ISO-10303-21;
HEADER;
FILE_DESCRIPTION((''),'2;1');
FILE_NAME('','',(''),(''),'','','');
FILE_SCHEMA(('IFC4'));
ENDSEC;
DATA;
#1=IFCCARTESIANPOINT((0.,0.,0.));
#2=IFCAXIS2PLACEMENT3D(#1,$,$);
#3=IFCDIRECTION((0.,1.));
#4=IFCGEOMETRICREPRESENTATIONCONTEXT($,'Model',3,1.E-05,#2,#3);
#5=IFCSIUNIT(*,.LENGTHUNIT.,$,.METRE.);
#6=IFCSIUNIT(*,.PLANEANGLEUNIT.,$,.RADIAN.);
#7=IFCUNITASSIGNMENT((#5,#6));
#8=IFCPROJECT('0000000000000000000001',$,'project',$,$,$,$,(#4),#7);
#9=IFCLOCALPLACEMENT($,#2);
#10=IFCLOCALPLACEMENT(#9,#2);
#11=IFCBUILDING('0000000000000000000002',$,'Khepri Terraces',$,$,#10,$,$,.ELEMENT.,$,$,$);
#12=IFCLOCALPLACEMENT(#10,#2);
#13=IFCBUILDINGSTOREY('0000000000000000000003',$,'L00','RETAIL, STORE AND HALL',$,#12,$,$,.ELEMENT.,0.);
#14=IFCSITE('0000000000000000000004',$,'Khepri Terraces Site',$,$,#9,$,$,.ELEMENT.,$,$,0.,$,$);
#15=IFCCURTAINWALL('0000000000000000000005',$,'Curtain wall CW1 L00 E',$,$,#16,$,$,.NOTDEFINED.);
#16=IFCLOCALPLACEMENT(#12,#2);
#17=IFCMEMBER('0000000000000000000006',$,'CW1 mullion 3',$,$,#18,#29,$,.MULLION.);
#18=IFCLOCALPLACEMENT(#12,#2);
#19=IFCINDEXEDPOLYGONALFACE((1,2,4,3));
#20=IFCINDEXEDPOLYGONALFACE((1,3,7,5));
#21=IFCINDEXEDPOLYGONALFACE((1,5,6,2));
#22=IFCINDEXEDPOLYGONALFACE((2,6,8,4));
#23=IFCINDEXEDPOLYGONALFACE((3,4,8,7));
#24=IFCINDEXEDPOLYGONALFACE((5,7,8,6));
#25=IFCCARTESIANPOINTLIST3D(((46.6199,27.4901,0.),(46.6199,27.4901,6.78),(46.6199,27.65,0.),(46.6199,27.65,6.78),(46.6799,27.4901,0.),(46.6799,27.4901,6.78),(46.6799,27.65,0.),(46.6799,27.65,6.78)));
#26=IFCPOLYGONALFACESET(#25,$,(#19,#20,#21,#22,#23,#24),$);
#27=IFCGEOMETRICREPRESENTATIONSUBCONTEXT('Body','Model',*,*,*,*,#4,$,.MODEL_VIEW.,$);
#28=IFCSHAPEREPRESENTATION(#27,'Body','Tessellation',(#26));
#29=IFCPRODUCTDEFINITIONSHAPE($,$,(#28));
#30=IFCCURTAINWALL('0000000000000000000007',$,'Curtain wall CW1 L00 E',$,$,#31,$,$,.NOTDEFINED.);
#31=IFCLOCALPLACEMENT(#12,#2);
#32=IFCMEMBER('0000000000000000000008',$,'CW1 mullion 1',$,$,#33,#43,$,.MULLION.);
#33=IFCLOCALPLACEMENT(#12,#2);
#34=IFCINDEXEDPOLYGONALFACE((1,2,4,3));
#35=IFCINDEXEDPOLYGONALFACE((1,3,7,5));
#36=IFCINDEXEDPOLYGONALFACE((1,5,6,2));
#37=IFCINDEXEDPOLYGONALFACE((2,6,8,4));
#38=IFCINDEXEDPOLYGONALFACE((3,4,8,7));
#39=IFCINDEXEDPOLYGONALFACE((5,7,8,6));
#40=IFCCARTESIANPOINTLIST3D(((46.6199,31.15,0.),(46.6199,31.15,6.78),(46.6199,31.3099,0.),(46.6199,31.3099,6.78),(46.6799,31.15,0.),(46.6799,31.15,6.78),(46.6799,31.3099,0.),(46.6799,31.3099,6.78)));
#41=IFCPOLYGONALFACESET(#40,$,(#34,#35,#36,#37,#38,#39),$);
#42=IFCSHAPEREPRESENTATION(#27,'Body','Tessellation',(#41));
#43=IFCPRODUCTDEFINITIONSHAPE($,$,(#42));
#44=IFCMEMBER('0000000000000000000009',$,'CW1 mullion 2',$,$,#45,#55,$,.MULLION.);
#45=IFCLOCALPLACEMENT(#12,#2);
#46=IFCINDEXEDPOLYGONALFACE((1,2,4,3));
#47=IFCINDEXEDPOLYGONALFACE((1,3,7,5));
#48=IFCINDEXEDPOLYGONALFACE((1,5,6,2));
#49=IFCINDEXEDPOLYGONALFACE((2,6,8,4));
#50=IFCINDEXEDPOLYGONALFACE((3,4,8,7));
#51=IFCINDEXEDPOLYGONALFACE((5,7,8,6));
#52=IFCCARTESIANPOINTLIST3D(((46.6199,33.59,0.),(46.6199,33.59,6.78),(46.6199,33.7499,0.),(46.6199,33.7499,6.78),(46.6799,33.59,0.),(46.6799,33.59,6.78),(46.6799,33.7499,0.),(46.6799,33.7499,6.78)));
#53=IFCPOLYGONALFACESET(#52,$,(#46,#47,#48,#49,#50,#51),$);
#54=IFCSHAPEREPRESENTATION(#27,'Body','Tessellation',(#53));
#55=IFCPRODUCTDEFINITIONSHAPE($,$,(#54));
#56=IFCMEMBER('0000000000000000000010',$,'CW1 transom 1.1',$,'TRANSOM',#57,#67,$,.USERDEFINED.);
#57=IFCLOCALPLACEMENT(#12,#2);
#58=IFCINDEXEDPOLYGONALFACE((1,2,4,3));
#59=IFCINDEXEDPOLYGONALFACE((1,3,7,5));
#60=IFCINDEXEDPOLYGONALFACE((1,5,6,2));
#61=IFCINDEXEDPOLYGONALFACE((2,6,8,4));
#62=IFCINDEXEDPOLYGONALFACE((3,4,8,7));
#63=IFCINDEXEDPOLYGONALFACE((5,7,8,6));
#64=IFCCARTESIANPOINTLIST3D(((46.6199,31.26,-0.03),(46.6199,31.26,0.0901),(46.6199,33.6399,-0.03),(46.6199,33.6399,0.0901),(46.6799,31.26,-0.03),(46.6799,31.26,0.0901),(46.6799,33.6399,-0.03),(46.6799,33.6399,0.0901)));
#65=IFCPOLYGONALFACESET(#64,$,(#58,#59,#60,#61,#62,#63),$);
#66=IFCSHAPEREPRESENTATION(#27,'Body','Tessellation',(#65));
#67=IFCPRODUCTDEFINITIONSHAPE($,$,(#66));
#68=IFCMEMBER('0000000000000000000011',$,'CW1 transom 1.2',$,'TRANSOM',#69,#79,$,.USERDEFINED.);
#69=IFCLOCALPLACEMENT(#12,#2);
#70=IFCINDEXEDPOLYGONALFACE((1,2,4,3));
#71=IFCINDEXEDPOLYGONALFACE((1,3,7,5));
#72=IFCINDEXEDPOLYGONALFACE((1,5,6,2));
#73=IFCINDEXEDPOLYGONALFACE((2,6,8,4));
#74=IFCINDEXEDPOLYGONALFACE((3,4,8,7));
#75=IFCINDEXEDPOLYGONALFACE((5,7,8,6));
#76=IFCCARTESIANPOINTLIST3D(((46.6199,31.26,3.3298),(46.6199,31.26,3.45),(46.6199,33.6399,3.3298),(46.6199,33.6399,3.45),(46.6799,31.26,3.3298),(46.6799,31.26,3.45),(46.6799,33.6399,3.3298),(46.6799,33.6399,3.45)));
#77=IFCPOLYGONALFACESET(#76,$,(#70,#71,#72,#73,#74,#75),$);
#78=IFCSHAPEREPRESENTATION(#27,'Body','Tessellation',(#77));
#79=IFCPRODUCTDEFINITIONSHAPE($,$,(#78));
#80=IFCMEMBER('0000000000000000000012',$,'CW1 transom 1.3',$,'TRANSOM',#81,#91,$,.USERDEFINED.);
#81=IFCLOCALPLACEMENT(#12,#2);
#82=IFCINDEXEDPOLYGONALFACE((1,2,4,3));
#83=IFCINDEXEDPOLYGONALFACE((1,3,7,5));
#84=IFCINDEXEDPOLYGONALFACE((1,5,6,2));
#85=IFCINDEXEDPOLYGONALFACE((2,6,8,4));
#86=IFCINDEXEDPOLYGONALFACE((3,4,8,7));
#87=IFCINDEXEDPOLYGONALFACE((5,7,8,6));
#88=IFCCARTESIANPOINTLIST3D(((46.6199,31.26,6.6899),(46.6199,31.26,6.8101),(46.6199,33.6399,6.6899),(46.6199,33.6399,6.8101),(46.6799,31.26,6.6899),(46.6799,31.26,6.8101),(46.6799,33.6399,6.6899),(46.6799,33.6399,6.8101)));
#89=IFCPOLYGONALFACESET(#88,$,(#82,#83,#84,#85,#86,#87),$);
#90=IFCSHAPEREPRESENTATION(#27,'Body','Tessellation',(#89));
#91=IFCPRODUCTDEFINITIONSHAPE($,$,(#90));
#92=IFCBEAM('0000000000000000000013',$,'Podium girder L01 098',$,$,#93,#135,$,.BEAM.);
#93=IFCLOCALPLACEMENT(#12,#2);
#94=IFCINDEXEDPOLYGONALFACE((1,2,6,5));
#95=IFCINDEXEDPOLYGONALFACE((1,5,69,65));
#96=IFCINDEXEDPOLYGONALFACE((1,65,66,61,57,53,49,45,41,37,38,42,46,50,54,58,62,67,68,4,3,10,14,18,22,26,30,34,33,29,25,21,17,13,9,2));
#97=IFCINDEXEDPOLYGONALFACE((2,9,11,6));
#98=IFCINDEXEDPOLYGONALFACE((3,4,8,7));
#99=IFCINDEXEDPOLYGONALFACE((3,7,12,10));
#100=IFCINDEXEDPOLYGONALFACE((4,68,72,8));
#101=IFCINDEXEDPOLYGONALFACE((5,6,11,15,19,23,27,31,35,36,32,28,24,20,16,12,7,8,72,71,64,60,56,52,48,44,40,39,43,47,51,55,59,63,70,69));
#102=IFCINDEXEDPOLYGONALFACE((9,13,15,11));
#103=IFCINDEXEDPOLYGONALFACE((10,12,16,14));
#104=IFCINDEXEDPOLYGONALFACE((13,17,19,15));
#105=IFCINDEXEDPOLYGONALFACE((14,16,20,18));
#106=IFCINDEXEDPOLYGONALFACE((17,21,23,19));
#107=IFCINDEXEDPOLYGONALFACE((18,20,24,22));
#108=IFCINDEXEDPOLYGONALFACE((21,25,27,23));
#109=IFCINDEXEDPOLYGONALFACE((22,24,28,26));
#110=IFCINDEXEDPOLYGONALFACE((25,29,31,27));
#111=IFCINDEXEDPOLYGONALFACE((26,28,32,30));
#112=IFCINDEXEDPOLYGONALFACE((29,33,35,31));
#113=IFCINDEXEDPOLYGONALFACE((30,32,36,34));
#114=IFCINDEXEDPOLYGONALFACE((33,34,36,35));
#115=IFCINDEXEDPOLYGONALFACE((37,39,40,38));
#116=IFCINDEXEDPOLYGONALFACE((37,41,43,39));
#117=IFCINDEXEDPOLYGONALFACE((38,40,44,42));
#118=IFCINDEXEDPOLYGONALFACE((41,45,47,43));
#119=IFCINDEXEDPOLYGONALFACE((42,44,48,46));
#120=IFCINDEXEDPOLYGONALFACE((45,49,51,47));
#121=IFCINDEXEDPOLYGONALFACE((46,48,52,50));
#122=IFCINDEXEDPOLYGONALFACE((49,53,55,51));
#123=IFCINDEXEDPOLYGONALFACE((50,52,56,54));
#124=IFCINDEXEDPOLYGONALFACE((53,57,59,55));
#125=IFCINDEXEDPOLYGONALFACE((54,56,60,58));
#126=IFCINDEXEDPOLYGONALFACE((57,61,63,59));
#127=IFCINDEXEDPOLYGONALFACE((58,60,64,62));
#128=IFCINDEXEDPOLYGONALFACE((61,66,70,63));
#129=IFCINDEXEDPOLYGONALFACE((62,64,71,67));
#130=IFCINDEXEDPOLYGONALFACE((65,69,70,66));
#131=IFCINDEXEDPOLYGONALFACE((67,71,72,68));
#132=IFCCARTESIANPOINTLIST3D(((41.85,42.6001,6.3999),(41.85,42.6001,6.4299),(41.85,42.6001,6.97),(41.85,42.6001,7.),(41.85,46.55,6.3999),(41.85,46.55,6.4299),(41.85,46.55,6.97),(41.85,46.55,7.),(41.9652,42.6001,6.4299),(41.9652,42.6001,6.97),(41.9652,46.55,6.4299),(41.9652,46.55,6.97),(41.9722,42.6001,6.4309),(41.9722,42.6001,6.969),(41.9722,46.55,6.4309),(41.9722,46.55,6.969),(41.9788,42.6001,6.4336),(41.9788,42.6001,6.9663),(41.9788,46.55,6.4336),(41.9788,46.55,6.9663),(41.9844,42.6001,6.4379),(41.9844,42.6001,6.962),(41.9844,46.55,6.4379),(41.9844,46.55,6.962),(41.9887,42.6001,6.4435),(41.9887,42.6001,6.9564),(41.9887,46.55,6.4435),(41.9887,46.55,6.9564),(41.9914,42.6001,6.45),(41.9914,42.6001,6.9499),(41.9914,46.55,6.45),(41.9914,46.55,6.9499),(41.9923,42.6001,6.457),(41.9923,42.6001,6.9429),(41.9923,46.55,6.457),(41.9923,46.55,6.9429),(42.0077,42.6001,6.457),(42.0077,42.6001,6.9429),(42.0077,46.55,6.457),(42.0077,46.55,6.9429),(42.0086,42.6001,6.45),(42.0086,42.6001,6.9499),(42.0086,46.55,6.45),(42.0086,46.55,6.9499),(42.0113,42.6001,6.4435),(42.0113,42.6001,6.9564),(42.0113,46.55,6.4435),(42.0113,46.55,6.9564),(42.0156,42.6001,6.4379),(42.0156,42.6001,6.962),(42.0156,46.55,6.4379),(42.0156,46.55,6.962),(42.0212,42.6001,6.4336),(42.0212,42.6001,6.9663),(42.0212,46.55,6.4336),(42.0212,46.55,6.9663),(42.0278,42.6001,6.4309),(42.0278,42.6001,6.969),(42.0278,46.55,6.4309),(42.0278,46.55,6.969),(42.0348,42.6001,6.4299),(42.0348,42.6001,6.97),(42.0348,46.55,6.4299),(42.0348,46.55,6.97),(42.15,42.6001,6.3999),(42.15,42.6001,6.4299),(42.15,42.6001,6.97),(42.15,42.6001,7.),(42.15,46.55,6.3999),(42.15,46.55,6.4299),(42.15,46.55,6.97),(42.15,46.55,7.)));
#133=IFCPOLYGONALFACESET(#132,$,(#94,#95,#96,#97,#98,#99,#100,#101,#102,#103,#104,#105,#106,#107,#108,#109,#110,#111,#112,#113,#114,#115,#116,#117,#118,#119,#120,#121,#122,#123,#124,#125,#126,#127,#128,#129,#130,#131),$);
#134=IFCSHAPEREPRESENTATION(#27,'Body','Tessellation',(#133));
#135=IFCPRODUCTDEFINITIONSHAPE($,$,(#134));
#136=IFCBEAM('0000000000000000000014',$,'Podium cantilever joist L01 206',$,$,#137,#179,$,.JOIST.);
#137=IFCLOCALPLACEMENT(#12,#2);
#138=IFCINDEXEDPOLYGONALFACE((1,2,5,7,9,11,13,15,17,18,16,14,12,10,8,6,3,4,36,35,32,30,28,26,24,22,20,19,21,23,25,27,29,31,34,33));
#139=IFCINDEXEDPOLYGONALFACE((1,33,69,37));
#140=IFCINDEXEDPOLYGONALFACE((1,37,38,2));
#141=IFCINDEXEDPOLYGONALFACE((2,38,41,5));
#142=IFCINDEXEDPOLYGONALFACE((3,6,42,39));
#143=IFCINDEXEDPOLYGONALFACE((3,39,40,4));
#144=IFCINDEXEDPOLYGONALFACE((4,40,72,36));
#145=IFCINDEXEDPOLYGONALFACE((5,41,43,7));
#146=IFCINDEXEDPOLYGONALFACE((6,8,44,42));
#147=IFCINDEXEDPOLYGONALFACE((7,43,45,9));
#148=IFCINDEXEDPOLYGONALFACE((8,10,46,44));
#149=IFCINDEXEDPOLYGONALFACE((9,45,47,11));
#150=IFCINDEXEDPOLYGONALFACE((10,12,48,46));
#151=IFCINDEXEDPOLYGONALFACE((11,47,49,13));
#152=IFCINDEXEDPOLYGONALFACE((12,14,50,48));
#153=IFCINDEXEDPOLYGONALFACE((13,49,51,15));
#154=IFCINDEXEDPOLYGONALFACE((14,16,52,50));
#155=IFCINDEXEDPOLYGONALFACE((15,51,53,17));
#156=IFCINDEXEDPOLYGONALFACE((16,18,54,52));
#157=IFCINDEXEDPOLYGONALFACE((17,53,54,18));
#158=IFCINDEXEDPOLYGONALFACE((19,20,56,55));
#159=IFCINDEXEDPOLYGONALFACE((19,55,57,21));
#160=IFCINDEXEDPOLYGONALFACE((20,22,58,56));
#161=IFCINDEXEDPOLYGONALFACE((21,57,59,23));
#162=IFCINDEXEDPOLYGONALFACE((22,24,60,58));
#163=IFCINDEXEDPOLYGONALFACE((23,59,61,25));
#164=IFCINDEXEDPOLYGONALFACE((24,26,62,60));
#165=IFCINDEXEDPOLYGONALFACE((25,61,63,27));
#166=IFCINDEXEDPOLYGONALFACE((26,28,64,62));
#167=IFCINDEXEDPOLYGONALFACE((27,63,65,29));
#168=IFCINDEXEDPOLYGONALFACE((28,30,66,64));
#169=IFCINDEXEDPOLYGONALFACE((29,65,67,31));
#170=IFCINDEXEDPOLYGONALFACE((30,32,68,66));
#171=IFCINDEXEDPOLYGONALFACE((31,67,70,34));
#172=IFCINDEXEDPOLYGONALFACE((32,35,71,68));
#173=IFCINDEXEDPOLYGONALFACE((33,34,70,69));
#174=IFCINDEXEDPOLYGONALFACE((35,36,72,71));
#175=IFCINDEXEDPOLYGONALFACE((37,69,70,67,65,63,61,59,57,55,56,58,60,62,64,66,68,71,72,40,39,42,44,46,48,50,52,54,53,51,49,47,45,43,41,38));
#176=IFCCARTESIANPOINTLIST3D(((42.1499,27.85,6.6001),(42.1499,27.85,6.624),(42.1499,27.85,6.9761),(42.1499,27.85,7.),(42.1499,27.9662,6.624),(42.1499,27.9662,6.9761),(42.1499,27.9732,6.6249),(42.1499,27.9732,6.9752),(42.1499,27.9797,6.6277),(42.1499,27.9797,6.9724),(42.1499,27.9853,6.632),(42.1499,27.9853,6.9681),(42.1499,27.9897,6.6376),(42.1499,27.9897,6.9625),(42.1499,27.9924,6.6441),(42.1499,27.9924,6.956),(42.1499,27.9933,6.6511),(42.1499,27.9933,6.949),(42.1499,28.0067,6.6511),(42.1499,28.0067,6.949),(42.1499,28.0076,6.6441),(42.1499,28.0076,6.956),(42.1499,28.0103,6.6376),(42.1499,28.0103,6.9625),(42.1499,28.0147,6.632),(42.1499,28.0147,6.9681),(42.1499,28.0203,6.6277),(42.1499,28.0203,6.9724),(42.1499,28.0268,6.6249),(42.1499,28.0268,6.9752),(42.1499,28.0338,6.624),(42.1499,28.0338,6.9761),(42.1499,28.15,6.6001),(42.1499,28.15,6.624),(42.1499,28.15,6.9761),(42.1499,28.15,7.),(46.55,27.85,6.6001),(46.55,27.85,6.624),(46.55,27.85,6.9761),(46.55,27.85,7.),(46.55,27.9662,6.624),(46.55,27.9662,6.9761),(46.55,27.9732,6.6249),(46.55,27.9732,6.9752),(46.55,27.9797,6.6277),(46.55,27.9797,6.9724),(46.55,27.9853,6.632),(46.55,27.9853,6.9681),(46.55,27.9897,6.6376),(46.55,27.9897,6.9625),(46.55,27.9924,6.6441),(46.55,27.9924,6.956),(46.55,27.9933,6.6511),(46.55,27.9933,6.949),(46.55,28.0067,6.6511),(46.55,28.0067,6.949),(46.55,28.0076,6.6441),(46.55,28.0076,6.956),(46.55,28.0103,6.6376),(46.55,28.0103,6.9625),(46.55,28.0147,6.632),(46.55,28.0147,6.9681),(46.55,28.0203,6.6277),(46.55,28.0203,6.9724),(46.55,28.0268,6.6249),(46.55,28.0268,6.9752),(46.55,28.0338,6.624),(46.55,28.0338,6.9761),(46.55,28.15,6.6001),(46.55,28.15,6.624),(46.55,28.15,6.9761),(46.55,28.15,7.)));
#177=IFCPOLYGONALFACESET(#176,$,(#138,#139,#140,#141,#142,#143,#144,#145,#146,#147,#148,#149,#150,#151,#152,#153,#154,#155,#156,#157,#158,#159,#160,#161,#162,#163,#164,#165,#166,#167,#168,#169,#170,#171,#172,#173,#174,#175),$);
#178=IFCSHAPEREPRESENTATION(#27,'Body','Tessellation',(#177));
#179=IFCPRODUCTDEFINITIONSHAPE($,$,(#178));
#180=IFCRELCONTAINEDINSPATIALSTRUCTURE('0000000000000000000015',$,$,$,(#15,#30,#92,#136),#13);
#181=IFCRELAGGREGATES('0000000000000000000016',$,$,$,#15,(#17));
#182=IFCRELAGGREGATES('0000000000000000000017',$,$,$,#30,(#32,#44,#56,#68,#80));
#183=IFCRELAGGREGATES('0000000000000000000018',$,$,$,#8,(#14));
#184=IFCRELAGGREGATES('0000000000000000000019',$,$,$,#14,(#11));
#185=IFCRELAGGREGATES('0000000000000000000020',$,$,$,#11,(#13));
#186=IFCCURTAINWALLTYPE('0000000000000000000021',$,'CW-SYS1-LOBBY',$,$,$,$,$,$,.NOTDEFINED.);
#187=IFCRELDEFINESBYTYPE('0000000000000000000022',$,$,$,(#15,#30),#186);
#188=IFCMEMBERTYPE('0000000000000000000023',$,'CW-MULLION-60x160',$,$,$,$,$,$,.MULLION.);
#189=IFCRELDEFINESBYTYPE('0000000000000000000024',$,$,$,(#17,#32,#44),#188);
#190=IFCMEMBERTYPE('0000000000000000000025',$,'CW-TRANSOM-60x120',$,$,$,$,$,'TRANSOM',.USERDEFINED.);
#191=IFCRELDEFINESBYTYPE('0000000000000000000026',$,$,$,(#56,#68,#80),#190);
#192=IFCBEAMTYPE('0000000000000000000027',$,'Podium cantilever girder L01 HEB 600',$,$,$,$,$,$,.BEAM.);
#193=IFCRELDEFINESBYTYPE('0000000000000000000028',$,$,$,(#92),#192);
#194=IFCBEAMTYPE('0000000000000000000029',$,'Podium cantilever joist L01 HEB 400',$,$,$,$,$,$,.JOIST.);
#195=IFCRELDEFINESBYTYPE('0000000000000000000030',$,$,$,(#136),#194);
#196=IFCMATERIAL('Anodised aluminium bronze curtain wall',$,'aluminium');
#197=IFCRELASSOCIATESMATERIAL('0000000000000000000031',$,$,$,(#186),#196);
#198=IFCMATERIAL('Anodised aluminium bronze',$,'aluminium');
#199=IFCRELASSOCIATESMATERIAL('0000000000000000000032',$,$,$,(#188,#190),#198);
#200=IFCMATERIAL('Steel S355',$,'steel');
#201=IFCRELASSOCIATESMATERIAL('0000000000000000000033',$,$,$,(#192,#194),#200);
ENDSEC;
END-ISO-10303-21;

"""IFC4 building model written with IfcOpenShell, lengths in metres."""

from ifc_helpers import new_model, si_unit, direction, frame, origin, origin_2d, place, context, subcontext, project, spatial, rectangle, i_section, extrude, material, material_profile, profile_set, type_object, element, aggregate, save


model = new_model("IFC4")

# Units and contexts
model_context = context("Model", 3, precision=1e-05, world=origin(), true_north=direction((0.0, 1.0)))
body_context = subcontext(model_context, "Body", "Model", "MODEL_VIEW")
ifc_project = project(units=[si_unit("LENGTHUNIT", "METRE"), si_unit("PLANEANGLEUNIT", "RADIAN")], contexts=[model_context])

# Site, building, storey
site_placement = place(None, origin())
site = spatial("IfcSite", under=ifc_project, at=site_placement, Name="Khepri Terraces Site", CompositionType="ELEMENT", RefElevation=0.0)
building_placement = place(site_placement, origin())
building = spatial("IfcBuilding", under=site, at=building_placement, Name="Khepri Terraces", CompositionType="ELEMENT")
storey_placement = place(building_placement, origin())
storey = spatial("IfcBuildingStorey", under=building, at=storey_placement, Name="L00", Description="RETAIL, STORE AND HALL", CompositionType="ELEMENT", Elevation=0.0)

# Curtain wall, member
ifc_material_1 = material(Name="Anodised aluminium bronze curtain wall", Category="aluminium")
curtain_wall_type = type_object("IfcCurtainWallType", Name="CW-SYS1-LOBBY", PredefinedType="NOTDEFINED", material=ifc_material_1)
curtain_wall_1_placement = place(storey_placement, origin())
curtain_wall_1 = element("IfcCurtainWall", 1, at=curtain_wall_1_placement, inside=storey, type_object=curtain_wall_type, Name="Curtain wall CW1 L00 E", PredefinedType="NOTDEFINED")
ifc_material_2 = material(Name="Anodised aluminium bronze", Category="aluminium")
ifc_material_profile_1 = material_profile(ifc_material_2, rectangle(XDim=0.0601, YDim=0.1599, at=origin_2d()), Name="Anodised aluminium bronze", Category="aluminium")
ifc_profile_set_1 = profile_set([ifc_material_profile_1], Name="Anodised aluminium bronze")
member_type_1 = type_object("IfcMemberType", Name="CW-MULLION-60x160", PredefinedType="MULLION", material=ifc_profile_set_1)
member_1_placement = place(storey_placement, frame((46.6499, 27.5701, 0.0), z_axis=(0.0, 0.0, 1.0), x_axis=(-1.0, 0.0, 0.0)))
member_1 = element("IfcMember", 2, at=member_1_placement, type_object=member_type_1, Name="CW1 mullion 3", PredefinedType="MULLION", context=body_context, shape_type="SweptSolid", body=[
    extrude(rectangle(XDim=0.0601, YDim=0.1599, at=origin_2d()), origin(), (0.0, 0.0, 1.0), 6.78),
])

# Curtain wall, members
curtain_wall_2_placement = place(storey_placement, origin())
curtain_wall_2 = element("IfcCurtainWall", 3, at=curtain_wall_2_placement, inside=storey, type_object=curtain_wall_type, Name="Curtain wall CW1 L00 E", PredefinedType="NOTDEFINED")
member_2_placement = place(storey_placement, frame((46.6499, 31.23, 0.0), z_axis=(0.0, 0.0, 1.0), x_axis=(-1.0, 0.0, 0.0)))
member_2 = element("IfcMember", 4, at=member_2_placement, type_object=member_type_1, Name="CW1 mullion 1", PredefinedType="MULLION", context=body_context, shape_type="SweptSolid", body=[
    extrude(rectangle(XDim=0.0601, YDim=0.1599, at=origin_2d()), origin(), (0.0, 0.0, 1.0), 6.78),
])
member_3_placement = place(storey_placement, frame((46.6499, 33.6699, 0.0), z_axis=(0.0, 0.0, 1.0), x_axis=(-1.0, 0.0, 0.0)))
member_3 = element("IfcMember", 5, at=member_3_placement, type_object=member_type_1, Name="CW1 mullion 2", PredefinedType="MULLION", context=body_context, shape_type="SweptSolid", body=[
    extrude(rectangle(XDim=0.0601, YDim=0.1599, at=origin_2d()), origin(), (0.0, 0.0, 1.0), 6.78),
])
ifc_material_profile_2 = material_profile(ifc_material_2, rectangle(XDim=0.0601, YDim=0.1201, at=origin_2d()), Name="Anodised aluminium bronze", Category="aluminium")
ifc_profile_set_2 = profile_set([ifc_material_profile_2], Name="Anodised aluminium bronze")
member_type_2 = type_object("IfcMemberType", Name="CW-TRANSOM-60x120", ElementType="TRANSOM", PredefinedType="USERDEFINED", material=ifc_profile_set_2)
member_4_placement = place(storey_placement, frame((46.6499, 31.26, 0.03), z_axis=(0.0, 1.0, 0.0), x_axis=(-1.0, 0.0, 0.0)))
member_4 = element("IfcMember", 6, at=member_4_placement, type_object=member_type_2, Name="CW1 transom 1.1", ObjectType="TRANSOM", PredefinedType="USERDEFINED", context=body_context, shape_type="SweptSolid", body=[
    extrude(rectangle(XDim=0.0601, YDim=0.1201, at=origin_2d()), origin(), (0.0, 0.0, 1.0), 2.3799),
])
member_5_placement = place(storey_placement, frame((46.6499, 31.26, 3.3899), z_axis=(0.0, 1.0, 0.0), x_axis=(-1.0, 0.0, 0.0)))
member_5 = element("IfcMember", 7, at=member_5_placement, type_object=member_type_2, Name="CW1 transom 1.2", ObjectType="TRANSOM", PredefinedType="USERDEFINED", context=body_context, shape_type="SweptSolid", body=[
    extrude(rectangle(XDim=0.0601, YDim=0.1201, at=origin_2d()), origin(), (0.0, 0.0, 1.0), 2.3799),
])
member_6_placement = place(storey_placement, frame((46.6499, 31.26, 6.75), z_axis=(0.0, 1.0, 0.0), x_axis=(-1.0, 0.0, 0.0)))
member_6 = element("IfcMember", 8, at=member_6_placement, type_object=member_type_2, Name="CW1 transom 1.3", ObjectType="TRANSOM", PredefinedType="USERDEFINED", context=body_context, shape_type="SweptSolid", body=[
    extrude(rectangle(XDim=0.0601, YDim=0.1201, at=origin_2d()), origin(), (0.0, 0.0, 1.0), 2.3799),
])

# Beams
ifc_material_3 = material(Name="Steel S355", Category="steel")
ifc_material_profile_3 = material_profile(ifc_material_3, i_section(OverallWidth=0.3, OverallDepth=0.6001, WebThickness=0.0154, FlangeThickness=0.03, FilletRadius=0.0271, at=origin_2d()), Name="Steel S355", Category="steel")
ifc_profile_set_3 = profile_set([ifc_material_profile_3], Name="Steel S355")
beam_type_1 = type_object("IfcBeamType", Name="Podium cantilever girder L01 HEB 600", PredefinedType="BEAM", material=ifc_profile_set_3)
beam_placement = place(storey_placement, frame((42.0, 42.6001, 6.7), z_axis=(0.0, 1.0, 0.0), x_axis=(-1.0, 0.0, 0.0)))
element("IfcBeam", 9, at=beam_placement, inside=storey, type_object=beam_type_1, Name="Podium girder L01 098", PredefinedType="BEAM", context=body_context, shape_type="SweptSolid", body=[
    extrude(i_section(OverallWidth=0.3, OverallDepth=0.6001, WebThickness=0.0154, FlangeThickness=0.03, FilletRadius=0.0271, at=origin_2d()), origin(), (0.0, 0.0, 1.0), 3.95),
])
ifc_material_profile_4 = material_profile(ifc_material_3, i_section(OverallWidth=0.3, OverallDepth=0.3999, WebThickness=0.0134, FlangeThickness=0.0239, FilletRadius=0.0271, at=origin_2d()), Name="Steel S355", Category="steel")
ifc_profile_set_4 = profile_set([ifc_material_profile_4], Name="Steel S355")
beam_type_2 = type_object("IfcBeamType", Name="Podium cantilever joist L01 HEB 400", PredefinedType="JOIST", material=ifc_profile_set_4)
for number, where, z_axis, x_axis, name in (
    (10, (42.1499, 28.0, 6.8), (1.0, 0.0, 0.0), (0.0, 1.0, 0.0), "Podium cantilever joist L01 206"),
):
    element("IfcBeam", number, at=place(storey_placement, frame(where, z_axis=z_axis, x_axis=x_axis)), inside=storey, type_object=beam_type_2, Name=name, PredefinedType="JOIST", context=body_context, shape_type="SweptSolid", body=[
        extrude(i_section(OverallWidth=0.3, OverallDepth=0.3999, WebThickness=0.0134, FlangeThickness=0.0239, FilletRadius=0.0271, at=origin_2d()), origin(), (0.0, 0.0, 1.0), 4.4001),
    ])

aggregate(curtain_wall_1, [member_1])
aggregate(curtain_wall_2, [member_2, member_3, member_4, member_5, member_6])

save(model, "model.ifc")
